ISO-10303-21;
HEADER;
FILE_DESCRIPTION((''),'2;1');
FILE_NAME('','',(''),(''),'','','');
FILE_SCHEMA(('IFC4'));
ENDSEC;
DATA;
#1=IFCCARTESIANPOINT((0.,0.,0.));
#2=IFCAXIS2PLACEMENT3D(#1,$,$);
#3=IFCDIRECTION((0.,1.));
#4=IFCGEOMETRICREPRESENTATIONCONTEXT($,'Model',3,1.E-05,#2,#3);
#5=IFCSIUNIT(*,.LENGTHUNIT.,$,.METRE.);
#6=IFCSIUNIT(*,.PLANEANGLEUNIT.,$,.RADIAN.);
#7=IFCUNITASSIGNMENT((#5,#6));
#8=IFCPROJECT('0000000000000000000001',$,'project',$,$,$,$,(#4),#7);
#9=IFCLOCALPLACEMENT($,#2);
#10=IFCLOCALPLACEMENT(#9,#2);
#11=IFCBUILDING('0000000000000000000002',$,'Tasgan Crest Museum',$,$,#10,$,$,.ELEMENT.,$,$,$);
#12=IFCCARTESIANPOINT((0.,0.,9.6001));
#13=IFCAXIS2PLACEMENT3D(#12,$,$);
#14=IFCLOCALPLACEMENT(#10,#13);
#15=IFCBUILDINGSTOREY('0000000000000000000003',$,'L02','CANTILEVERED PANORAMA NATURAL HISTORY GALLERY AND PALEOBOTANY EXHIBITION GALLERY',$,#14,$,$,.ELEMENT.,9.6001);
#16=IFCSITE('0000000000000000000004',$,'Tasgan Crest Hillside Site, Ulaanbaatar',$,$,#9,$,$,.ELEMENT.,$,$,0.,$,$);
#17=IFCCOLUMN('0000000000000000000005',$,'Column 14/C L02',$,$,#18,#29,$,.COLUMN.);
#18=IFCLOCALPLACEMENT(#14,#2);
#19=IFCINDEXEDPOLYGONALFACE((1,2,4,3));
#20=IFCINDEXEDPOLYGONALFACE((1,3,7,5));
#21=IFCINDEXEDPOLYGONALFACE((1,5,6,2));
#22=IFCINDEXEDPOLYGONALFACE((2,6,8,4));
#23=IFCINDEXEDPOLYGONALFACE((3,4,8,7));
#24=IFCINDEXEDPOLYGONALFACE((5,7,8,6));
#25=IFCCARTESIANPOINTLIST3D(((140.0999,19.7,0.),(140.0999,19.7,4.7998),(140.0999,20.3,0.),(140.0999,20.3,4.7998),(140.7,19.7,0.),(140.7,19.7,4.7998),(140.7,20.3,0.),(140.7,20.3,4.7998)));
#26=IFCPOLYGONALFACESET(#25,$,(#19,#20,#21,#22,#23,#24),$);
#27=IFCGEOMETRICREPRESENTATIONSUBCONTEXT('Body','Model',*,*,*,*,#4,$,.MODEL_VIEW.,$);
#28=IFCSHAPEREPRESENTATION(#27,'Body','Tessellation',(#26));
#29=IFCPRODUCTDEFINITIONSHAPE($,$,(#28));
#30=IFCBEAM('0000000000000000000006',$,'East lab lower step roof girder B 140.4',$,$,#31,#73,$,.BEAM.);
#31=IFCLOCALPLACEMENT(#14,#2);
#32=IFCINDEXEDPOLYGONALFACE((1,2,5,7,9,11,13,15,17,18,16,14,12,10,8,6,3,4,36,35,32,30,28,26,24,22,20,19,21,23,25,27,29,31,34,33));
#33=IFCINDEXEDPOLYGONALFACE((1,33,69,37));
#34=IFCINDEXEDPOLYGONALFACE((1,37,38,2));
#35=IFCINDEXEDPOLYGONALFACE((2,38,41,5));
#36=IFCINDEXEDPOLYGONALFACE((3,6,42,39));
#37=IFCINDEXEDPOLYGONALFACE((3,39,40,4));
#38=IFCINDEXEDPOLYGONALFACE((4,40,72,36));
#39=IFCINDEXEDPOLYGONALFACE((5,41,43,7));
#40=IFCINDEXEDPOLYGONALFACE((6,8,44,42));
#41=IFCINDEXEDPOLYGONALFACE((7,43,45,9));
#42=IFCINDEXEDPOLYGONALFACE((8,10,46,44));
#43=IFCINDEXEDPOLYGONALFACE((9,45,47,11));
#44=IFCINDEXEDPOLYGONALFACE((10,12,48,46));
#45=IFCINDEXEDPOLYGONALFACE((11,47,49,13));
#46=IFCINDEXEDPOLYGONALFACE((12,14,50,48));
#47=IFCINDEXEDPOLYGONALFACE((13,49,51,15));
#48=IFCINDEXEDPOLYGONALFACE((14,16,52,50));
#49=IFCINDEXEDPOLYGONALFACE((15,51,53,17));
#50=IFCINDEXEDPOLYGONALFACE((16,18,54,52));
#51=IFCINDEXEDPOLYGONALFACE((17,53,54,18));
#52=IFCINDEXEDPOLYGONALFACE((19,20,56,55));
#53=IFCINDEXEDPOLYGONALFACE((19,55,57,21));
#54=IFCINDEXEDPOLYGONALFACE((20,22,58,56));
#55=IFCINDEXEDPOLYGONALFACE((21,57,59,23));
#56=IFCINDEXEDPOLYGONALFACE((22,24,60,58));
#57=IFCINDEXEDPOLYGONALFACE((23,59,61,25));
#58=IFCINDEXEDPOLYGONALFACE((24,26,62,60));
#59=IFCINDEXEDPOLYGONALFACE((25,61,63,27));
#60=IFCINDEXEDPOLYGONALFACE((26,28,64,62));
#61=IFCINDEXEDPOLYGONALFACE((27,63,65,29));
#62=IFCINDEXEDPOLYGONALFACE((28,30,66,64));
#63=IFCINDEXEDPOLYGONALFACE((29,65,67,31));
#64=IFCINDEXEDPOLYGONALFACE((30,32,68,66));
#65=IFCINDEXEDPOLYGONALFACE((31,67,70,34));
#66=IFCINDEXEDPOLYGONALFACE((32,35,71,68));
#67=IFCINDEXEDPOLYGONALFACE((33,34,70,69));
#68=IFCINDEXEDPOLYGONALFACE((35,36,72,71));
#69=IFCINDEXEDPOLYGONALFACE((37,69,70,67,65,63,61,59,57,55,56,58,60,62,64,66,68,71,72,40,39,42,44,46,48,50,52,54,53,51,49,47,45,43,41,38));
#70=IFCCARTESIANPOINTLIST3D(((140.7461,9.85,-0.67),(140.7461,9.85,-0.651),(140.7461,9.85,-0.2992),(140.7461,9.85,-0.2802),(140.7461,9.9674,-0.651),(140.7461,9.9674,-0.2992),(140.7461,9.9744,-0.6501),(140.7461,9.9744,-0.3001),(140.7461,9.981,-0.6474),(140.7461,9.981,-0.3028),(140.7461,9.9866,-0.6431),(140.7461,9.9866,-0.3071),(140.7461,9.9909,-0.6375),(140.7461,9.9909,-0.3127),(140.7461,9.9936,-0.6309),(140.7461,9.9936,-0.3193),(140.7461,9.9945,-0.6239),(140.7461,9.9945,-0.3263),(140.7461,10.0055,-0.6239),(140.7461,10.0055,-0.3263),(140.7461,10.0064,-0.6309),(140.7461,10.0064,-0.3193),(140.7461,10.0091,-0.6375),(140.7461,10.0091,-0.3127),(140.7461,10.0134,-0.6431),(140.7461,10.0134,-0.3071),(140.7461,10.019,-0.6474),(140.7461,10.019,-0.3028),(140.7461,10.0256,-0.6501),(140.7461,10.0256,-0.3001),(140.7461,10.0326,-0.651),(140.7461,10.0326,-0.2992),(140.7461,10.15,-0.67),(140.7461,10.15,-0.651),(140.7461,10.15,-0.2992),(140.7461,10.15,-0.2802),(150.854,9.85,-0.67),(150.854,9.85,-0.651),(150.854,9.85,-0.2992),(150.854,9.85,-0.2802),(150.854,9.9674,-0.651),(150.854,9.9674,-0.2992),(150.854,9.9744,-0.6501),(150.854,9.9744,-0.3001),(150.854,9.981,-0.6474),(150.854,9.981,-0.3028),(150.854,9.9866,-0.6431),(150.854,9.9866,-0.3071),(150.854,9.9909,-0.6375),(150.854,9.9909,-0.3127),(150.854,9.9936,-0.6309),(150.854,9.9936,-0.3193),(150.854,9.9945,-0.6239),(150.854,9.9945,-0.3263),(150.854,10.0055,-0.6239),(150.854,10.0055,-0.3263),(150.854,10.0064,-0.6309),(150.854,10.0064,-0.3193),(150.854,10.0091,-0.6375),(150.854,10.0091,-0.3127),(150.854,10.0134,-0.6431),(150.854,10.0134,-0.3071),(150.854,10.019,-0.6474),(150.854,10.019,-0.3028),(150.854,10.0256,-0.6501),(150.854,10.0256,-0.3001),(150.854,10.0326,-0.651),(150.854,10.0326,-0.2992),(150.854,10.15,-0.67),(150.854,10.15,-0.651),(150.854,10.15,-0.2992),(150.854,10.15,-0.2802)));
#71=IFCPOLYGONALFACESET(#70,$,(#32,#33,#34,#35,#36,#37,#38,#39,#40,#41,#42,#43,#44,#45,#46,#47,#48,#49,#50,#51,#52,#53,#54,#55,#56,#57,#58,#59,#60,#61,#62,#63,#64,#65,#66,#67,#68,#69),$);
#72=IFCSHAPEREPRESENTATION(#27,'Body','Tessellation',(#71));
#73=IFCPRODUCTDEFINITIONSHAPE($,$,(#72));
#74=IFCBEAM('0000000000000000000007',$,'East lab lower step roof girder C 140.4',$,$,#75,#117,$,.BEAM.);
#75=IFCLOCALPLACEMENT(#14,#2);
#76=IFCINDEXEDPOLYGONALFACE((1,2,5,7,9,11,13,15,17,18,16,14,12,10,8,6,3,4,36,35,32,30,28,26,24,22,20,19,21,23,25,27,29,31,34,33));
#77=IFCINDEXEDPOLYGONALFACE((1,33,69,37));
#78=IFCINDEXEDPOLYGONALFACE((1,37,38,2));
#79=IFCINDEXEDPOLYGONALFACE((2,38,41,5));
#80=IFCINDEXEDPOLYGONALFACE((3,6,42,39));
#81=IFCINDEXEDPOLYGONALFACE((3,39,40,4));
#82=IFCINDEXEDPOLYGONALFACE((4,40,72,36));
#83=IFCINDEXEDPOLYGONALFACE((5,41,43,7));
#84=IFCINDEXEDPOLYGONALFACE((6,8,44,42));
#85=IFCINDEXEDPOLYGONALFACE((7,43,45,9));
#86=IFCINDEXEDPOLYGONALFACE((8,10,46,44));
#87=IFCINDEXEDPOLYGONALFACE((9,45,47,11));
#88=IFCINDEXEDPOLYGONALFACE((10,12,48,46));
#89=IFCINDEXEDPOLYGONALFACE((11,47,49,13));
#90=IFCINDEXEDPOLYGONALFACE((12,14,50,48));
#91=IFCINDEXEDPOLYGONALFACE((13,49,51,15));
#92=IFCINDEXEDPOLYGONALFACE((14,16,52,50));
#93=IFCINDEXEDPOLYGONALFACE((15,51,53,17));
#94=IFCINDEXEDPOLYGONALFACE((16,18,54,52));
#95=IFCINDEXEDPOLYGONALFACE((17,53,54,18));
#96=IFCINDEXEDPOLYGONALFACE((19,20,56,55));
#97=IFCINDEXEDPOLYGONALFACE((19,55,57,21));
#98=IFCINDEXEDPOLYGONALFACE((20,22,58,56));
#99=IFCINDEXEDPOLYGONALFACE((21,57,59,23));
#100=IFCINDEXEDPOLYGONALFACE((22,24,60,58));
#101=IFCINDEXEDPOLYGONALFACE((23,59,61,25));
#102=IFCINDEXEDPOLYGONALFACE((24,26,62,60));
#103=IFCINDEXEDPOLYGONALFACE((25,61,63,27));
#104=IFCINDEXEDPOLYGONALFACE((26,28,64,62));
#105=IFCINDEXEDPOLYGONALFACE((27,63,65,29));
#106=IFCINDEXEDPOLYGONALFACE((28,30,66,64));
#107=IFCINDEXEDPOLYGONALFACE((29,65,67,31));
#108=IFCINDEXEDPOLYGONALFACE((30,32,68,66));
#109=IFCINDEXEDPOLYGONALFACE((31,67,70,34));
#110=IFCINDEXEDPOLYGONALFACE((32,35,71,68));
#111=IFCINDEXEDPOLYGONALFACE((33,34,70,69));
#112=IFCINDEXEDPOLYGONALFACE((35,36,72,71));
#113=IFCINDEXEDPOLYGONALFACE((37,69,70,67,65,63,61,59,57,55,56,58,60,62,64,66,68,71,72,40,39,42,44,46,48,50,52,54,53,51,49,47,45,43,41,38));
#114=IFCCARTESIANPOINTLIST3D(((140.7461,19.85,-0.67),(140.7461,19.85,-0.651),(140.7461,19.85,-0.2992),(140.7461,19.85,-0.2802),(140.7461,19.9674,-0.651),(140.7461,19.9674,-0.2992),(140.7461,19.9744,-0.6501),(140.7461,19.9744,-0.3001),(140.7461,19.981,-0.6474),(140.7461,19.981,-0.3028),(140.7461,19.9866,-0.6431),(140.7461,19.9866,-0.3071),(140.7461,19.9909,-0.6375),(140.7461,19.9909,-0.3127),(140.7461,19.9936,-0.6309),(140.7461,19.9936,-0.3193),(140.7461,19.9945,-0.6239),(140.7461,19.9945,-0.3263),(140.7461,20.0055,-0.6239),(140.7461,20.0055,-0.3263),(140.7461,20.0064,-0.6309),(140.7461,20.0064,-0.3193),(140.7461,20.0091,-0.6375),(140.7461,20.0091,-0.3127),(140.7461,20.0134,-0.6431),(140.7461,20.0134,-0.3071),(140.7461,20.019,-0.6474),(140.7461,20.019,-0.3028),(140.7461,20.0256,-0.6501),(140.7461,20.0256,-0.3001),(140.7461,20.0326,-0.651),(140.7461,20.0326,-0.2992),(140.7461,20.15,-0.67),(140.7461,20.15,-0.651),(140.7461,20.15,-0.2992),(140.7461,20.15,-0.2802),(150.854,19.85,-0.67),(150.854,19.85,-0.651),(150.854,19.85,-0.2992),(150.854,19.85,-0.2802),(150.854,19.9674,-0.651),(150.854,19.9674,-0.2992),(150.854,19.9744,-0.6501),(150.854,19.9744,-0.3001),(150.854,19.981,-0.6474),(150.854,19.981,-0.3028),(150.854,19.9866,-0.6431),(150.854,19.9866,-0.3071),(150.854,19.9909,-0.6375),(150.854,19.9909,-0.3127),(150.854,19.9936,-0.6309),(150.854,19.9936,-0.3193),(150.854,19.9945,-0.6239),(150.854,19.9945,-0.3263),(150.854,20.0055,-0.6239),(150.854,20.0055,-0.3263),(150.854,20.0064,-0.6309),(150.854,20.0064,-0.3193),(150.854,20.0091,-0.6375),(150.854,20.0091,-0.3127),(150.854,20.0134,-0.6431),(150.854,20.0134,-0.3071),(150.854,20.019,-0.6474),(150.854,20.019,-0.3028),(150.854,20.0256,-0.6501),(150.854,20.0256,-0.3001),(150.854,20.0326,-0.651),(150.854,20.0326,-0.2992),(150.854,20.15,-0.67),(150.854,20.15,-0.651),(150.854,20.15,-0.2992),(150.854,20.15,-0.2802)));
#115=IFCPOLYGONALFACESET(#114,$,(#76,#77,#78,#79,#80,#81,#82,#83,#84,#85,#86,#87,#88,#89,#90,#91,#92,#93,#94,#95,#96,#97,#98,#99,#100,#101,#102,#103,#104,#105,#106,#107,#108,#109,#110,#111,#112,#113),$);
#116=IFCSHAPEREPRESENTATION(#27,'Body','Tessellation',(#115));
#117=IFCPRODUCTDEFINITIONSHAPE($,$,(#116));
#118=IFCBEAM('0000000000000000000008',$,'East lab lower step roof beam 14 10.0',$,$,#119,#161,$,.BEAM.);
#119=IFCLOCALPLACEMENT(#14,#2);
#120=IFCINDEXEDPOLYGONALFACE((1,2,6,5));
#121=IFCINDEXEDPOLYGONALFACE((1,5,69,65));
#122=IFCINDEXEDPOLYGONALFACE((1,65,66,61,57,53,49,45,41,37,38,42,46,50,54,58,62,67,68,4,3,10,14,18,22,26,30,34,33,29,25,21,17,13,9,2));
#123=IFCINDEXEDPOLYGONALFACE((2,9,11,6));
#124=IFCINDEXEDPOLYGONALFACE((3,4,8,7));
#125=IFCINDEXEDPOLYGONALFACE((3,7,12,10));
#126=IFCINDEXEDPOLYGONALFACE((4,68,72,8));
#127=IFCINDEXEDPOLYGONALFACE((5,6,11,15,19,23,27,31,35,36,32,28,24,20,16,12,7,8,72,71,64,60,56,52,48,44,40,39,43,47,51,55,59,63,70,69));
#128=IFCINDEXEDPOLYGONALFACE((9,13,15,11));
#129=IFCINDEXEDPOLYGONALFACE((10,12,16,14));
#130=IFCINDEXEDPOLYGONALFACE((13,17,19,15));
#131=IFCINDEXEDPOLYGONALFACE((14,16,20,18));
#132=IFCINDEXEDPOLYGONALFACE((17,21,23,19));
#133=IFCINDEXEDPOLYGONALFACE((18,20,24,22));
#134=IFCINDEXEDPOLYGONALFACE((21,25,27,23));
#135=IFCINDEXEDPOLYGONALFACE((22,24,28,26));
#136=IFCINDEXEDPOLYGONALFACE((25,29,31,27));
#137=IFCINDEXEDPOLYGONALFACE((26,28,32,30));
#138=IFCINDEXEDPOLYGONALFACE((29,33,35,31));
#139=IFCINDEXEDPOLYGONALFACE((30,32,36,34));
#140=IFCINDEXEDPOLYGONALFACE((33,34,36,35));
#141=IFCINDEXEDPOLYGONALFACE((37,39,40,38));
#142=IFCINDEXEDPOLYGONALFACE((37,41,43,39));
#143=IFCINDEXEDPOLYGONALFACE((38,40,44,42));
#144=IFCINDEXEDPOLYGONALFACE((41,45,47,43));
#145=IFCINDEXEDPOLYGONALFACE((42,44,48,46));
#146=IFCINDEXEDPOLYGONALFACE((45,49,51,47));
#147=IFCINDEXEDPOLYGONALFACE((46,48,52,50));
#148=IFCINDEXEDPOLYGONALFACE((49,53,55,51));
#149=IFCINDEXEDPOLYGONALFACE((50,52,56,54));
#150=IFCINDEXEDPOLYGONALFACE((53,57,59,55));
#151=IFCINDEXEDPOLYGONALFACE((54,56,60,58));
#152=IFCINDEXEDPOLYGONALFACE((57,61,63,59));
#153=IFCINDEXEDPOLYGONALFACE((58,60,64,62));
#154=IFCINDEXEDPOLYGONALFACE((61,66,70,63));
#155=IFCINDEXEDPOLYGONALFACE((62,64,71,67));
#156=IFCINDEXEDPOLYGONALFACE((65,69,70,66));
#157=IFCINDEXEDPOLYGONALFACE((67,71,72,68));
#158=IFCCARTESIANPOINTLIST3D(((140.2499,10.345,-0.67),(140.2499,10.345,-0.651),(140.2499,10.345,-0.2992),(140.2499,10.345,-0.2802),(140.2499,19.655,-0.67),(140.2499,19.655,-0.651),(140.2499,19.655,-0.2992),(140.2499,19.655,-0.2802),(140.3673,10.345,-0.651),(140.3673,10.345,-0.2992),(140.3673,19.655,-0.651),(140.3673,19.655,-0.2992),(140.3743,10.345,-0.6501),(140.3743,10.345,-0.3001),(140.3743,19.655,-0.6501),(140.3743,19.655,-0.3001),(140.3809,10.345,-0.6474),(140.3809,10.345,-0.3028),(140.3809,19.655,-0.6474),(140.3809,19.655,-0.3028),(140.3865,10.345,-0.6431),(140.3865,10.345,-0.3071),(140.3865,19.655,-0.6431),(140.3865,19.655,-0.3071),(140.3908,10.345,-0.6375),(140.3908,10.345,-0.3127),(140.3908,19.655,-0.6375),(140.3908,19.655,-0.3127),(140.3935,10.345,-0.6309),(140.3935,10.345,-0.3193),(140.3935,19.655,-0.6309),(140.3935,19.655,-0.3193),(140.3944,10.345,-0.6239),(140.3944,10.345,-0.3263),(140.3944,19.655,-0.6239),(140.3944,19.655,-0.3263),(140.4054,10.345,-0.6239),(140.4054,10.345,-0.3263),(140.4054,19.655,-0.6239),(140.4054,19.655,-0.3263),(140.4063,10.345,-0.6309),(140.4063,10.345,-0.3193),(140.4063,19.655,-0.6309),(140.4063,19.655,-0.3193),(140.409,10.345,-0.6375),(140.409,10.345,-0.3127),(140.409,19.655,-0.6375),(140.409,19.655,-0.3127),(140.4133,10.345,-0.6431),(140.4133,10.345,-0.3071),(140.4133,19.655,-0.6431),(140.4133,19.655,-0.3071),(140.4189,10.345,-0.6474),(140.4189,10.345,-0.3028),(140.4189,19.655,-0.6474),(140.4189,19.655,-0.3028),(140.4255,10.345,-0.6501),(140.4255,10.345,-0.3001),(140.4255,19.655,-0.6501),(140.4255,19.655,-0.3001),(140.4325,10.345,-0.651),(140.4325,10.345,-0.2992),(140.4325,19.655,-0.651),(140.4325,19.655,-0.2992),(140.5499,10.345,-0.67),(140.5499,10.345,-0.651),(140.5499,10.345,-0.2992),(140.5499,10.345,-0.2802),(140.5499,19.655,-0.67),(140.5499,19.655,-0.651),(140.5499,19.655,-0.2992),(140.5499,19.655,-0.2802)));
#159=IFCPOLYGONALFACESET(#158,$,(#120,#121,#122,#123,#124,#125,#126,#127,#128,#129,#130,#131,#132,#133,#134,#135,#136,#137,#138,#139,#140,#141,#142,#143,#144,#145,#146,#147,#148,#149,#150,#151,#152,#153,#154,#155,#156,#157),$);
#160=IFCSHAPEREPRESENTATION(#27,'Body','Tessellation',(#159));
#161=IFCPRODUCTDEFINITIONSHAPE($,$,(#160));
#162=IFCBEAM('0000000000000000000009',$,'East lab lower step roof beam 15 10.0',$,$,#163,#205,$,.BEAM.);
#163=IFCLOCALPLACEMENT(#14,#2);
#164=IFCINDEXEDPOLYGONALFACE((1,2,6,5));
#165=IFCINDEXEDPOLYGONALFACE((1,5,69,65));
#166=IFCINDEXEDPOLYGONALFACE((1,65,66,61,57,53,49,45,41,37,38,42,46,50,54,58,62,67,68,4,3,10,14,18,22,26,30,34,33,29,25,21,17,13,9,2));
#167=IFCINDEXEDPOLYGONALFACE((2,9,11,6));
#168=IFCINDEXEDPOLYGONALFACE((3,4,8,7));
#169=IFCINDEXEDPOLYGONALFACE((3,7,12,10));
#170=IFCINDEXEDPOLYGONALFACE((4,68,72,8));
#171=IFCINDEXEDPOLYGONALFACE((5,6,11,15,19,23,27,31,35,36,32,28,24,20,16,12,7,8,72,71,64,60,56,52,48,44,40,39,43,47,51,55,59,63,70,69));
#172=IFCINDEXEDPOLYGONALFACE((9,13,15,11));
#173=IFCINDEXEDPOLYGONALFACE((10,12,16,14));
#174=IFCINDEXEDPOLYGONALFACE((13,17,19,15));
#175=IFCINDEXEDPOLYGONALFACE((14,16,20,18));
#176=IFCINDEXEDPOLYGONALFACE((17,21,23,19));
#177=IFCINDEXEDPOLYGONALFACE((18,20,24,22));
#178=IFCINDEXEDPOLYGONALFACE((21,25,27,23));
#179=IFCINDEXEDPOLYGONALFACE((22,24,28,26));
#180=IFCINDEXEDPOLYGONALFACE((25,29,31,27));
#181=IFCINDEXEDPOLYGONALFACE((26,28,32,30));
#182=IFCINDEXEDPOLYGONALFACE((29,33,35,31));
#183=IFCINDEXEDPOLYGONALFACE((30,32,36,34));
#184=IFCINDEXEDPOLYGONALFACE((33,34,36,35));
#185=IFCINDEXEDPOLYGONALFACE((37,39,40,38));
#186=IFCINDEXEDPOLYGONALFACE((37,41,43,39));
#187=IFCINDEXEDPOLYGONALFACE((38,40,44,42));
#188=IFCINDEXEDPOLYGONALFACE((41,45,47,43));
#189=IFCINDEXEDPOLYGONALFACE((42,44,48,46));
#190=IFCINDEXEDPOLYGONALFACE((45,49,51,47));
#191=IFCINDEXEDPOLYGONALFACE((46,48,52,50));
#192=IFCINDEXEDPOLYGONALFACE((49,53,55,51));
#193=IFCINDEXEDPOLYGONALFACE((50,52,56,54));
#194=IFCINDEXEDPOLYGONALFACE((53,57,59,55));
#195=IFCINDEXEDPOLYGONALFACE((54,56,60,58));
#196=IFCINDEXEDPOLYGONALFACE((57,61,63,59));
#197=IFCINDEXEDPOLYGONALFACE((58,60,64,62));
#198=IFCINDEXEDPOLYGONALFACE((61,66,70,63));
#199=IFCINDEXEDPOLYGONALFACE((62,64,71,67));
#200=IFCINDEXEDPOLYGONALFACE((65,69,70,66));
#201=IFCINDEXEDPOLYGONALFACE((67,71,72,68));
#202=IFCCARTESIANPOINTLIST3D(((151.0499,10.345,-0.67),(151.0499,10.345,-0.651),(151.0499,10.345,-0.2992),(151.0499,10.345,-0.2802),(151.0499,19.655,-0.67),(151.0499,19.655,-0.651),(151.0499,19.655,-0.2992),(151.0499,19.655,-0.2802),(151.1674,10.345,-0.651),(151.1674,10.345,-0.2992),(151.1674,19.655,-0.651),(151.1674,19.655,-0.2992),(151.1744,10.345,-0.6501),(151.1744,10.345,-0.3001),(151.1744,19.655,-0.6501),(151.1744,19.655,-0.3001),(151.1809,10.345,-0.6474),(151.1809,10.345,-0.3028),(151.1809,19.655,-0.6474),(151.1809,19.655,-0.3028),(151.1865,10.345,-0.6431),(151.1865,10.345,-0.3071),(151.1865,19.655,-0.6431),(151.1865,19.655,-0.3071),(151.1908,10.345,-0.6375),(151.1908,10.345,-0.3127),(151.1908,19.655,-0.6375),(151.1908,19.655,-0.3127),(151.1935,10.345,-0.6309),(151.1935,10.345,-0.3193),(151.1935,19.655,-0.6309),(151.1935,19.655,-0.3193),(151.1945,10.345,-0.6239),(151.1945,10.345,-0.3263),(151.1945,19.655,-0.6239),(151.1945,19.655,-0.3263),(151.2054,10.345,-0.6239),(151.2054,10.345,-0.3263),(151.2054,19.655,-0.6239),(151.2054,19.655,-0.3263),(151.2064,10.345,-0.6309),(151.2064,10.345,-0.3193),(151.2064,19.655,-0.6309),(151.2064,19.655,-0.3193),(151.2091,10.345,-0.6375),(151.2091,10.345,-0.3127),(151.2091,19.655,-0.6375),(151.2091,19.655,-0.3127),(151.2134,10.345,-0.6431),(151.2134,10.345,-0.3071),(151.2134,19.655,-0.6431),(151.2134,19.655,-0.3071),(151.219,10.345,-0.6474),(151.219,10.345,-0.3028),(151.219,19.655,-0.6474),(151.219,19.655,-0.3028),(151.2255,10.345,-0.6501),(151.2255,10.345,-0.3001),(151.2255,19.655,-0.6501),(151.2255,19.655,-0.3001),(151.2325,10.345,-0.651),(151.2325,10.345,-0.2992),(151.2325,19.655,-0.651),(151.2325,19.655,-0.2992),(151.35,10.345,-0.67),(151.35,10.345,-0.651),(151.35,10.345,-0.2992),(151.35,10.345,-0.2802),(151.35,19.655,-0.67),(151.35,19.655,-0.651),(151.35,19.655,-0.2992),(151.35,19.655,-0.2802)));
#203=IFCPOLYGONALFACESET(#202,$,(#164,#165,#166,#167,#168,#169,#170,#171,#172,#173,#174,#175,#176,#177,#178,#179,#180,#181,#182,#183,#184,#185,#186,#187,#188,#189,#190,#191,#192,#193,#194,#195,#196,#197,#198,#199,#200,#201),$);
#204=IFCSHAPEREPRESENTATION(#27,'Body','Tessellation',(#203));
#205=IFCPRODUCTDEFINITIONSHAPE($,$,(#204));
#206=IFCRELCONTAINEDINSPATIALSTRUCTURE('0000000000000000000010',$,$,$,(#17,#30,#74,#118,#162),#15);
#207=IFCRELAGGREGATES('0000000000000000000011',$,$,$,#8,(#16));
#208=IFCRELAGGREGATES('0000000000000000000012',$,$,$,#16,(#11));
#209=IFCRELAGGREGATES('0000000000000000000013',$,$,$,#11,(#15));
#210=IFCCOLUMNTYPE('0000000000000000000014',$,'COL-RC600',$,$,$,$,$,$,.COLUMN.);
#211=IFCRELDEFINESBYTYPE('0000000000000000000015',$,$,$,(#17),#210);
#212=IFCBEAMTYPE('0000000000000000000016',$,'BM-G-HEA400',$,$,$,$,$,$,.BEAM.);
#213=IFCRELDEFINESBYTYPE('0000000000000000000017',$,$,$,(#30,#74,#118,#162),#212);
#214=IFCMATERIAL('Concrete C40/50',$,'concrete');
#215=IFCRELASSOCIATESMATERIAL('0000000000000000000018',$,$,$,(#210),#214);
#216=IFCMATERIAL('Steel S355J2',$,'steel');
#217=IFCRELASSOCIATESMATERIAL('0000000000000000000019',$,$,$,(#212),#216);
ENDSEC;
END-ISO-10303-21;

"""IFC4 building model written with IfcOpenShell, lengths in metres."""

from ifc_helpers import new_model, si_unit, direction, frame, origin, origin_2d, place, context, subcontext, project, spatial, rectangle, i_section, extrude, material, material_profile, profile_set, type_object, element, save


model = new_model("IFC4")

# Units and contexts
model_context = context("Model", 3, precision=1e-05, world=origin(), true_north=direction((0.0, 1.0)))
body_context = subcontext(model_context, "Body", "Model", "MODEL_VIEW")
ifc_project = project(units=[si_unit("LENGTHUNIT", "METRE"), si_unit("PLANEANGLEUNIT", "RADIAN")], contexts=[model_context])

# Site, building, storey
site_placement = place(None, origin())
site = spatial("IfcSite", under=ifc_project, at=site_placement, Name="Tasgan Crest Hillside Site, Ulaanbaatar", CompositionType="ELEMENT", RefElevation=0.0)
building_placement = place(site_placement, origin())
building = spatial("IfcBuilding", under=site, at=building_placement, Name="Tasgan Crest Museum", CompositionType="ELEMENT")
storey_placement = place(building_placement, frame((0.0, 0.0, 9.6001)))
storey = spatial("IfcBuildingStorey", under=building, at=storey_placement, Name="L02", Description="CANTILEVERED PANORAMA NATURAL HISTORY GALLERY AND PALEOBOTANY EXHIBITION GALLERY", CompositionType="ELEMENT", Elevation=9.6001)

# Column
ifc_material_1 = material(Name="Concrete C40/50", Category="concrete")
ifc_material_profile_1 = material_profile(ifc_material_1, rectangle(XDim=0.6001, YDim=0.6001, at=origin_2d()), Name="RC 600x600")
ifc_profile_set_1 = profile_set([ifc_material_profile_1], Name="Concrete C40/50")
column_type = type_object("IfcColumnType", Name="COL-RC600", PredefinedType="COLUMN", material=ifc_profile_set_1)
column_placement = place(storey_placement, frame((140.3999, 20.0, 0.0), z_axis=(0.0, 0.0, 1.0), x_axis=(1.0, 0.0, 0.0)))
element("IfcColumn", 1, at=column_placement, inside=storey, type_object=column_type, Name="Column 14/C L02", PredefinedType="COLUMN", context=body_context, shape_type="SweptSolid", body=[
    extrude(rectangle(XDim=0.6001, YDim=0.6001, at=origin_2d()), origin(), (0.0, 0.0, 1.0), 4.7998),
])

# Beams
ifc_material_2 = material(Name="Steel S355J2", Category="steel")
ifc_material_profile_2 = material_profile(ifc_material_2, i_section(OverallWidth=0.3, OverallDepth=0.3899, WebThickness=0.011, FlangeThickness=0.019, FilletRadius=0.0271, at=origin_2d()), Name="HEA 400")
ifc_profile_set_2 = profile_set([ifc_material_profile_2], Name="Steel S355J2")
beam_type_1 = type_object("IfcBeamType", Name="BM-G-HEA400", PredefinedType="BEAM", material=ifc_profile_set_2)
for number, where, z_axis, x_axis, name in (
    (2, (140.7461, 10.0, -0.4751), (1.0, 0.0, 0.0), (0.0, 1.0, 0.0), "East lab lower step roof girder B 140.4"),
    (3, (140.7461, 20.0, -0.4751), (1.0, 0.0, 0.0), (0.0, 1.0, 0.0), "East lab lower step roof girder C 140.4"),
):
    element("IfcBeam", number, at=place(storey_placement, frame(where, z_axis=z_axis, x_axis=x_axis)), inside=storey, type_object=beam_type_1, Name=name, PredefinedType="BEAM", context=body_context, shape_type="SweptSolid", body=[
        extrude(i_section(OverallWidth=0.3, OverallDepth=0.3899, WebThickness=0.011, FlangeThickness=0.019, FilletRadius=0.0271, at=origin_2d()), origin(), (0.0, 0.0, 1.0), 10.1079),
    ])
for number, where, z_axis, x_axis, name in (
    (4, (140.3999, 10.345, -0.4751), (0.0, 1.0, 0.0), (-1.0, 0.0, 0.0), "East lab lower step roof beam 14 10.0"),
    (5, (151.2, 10.345, -0.4751), (0.0, 1.0, 0.0), (-1.0, 0.0, 0.0), "East lab lower step roof beam 15 10.0"),
):
    element("IfcBeam", number, at=place(storey_placement, frame(where, z_axis=z_axis, x_axis=x_axis)), inside=storey, type_object=beam_type_1, Name=name, PredefinedType="BEAM", context=body_context, shape_type="SweptSolid", body=[
        extrude(i_section(OverallWidth=0.3, OverallDepth=0.3899, WebThickness=0.011, FlangeThickness=0.019, FilletRadius=0.0271, at=origin_2d()), origin(), (0.0, 0.0, 1.0), 9.3101),
    ])

save(model, "model.ifc")
